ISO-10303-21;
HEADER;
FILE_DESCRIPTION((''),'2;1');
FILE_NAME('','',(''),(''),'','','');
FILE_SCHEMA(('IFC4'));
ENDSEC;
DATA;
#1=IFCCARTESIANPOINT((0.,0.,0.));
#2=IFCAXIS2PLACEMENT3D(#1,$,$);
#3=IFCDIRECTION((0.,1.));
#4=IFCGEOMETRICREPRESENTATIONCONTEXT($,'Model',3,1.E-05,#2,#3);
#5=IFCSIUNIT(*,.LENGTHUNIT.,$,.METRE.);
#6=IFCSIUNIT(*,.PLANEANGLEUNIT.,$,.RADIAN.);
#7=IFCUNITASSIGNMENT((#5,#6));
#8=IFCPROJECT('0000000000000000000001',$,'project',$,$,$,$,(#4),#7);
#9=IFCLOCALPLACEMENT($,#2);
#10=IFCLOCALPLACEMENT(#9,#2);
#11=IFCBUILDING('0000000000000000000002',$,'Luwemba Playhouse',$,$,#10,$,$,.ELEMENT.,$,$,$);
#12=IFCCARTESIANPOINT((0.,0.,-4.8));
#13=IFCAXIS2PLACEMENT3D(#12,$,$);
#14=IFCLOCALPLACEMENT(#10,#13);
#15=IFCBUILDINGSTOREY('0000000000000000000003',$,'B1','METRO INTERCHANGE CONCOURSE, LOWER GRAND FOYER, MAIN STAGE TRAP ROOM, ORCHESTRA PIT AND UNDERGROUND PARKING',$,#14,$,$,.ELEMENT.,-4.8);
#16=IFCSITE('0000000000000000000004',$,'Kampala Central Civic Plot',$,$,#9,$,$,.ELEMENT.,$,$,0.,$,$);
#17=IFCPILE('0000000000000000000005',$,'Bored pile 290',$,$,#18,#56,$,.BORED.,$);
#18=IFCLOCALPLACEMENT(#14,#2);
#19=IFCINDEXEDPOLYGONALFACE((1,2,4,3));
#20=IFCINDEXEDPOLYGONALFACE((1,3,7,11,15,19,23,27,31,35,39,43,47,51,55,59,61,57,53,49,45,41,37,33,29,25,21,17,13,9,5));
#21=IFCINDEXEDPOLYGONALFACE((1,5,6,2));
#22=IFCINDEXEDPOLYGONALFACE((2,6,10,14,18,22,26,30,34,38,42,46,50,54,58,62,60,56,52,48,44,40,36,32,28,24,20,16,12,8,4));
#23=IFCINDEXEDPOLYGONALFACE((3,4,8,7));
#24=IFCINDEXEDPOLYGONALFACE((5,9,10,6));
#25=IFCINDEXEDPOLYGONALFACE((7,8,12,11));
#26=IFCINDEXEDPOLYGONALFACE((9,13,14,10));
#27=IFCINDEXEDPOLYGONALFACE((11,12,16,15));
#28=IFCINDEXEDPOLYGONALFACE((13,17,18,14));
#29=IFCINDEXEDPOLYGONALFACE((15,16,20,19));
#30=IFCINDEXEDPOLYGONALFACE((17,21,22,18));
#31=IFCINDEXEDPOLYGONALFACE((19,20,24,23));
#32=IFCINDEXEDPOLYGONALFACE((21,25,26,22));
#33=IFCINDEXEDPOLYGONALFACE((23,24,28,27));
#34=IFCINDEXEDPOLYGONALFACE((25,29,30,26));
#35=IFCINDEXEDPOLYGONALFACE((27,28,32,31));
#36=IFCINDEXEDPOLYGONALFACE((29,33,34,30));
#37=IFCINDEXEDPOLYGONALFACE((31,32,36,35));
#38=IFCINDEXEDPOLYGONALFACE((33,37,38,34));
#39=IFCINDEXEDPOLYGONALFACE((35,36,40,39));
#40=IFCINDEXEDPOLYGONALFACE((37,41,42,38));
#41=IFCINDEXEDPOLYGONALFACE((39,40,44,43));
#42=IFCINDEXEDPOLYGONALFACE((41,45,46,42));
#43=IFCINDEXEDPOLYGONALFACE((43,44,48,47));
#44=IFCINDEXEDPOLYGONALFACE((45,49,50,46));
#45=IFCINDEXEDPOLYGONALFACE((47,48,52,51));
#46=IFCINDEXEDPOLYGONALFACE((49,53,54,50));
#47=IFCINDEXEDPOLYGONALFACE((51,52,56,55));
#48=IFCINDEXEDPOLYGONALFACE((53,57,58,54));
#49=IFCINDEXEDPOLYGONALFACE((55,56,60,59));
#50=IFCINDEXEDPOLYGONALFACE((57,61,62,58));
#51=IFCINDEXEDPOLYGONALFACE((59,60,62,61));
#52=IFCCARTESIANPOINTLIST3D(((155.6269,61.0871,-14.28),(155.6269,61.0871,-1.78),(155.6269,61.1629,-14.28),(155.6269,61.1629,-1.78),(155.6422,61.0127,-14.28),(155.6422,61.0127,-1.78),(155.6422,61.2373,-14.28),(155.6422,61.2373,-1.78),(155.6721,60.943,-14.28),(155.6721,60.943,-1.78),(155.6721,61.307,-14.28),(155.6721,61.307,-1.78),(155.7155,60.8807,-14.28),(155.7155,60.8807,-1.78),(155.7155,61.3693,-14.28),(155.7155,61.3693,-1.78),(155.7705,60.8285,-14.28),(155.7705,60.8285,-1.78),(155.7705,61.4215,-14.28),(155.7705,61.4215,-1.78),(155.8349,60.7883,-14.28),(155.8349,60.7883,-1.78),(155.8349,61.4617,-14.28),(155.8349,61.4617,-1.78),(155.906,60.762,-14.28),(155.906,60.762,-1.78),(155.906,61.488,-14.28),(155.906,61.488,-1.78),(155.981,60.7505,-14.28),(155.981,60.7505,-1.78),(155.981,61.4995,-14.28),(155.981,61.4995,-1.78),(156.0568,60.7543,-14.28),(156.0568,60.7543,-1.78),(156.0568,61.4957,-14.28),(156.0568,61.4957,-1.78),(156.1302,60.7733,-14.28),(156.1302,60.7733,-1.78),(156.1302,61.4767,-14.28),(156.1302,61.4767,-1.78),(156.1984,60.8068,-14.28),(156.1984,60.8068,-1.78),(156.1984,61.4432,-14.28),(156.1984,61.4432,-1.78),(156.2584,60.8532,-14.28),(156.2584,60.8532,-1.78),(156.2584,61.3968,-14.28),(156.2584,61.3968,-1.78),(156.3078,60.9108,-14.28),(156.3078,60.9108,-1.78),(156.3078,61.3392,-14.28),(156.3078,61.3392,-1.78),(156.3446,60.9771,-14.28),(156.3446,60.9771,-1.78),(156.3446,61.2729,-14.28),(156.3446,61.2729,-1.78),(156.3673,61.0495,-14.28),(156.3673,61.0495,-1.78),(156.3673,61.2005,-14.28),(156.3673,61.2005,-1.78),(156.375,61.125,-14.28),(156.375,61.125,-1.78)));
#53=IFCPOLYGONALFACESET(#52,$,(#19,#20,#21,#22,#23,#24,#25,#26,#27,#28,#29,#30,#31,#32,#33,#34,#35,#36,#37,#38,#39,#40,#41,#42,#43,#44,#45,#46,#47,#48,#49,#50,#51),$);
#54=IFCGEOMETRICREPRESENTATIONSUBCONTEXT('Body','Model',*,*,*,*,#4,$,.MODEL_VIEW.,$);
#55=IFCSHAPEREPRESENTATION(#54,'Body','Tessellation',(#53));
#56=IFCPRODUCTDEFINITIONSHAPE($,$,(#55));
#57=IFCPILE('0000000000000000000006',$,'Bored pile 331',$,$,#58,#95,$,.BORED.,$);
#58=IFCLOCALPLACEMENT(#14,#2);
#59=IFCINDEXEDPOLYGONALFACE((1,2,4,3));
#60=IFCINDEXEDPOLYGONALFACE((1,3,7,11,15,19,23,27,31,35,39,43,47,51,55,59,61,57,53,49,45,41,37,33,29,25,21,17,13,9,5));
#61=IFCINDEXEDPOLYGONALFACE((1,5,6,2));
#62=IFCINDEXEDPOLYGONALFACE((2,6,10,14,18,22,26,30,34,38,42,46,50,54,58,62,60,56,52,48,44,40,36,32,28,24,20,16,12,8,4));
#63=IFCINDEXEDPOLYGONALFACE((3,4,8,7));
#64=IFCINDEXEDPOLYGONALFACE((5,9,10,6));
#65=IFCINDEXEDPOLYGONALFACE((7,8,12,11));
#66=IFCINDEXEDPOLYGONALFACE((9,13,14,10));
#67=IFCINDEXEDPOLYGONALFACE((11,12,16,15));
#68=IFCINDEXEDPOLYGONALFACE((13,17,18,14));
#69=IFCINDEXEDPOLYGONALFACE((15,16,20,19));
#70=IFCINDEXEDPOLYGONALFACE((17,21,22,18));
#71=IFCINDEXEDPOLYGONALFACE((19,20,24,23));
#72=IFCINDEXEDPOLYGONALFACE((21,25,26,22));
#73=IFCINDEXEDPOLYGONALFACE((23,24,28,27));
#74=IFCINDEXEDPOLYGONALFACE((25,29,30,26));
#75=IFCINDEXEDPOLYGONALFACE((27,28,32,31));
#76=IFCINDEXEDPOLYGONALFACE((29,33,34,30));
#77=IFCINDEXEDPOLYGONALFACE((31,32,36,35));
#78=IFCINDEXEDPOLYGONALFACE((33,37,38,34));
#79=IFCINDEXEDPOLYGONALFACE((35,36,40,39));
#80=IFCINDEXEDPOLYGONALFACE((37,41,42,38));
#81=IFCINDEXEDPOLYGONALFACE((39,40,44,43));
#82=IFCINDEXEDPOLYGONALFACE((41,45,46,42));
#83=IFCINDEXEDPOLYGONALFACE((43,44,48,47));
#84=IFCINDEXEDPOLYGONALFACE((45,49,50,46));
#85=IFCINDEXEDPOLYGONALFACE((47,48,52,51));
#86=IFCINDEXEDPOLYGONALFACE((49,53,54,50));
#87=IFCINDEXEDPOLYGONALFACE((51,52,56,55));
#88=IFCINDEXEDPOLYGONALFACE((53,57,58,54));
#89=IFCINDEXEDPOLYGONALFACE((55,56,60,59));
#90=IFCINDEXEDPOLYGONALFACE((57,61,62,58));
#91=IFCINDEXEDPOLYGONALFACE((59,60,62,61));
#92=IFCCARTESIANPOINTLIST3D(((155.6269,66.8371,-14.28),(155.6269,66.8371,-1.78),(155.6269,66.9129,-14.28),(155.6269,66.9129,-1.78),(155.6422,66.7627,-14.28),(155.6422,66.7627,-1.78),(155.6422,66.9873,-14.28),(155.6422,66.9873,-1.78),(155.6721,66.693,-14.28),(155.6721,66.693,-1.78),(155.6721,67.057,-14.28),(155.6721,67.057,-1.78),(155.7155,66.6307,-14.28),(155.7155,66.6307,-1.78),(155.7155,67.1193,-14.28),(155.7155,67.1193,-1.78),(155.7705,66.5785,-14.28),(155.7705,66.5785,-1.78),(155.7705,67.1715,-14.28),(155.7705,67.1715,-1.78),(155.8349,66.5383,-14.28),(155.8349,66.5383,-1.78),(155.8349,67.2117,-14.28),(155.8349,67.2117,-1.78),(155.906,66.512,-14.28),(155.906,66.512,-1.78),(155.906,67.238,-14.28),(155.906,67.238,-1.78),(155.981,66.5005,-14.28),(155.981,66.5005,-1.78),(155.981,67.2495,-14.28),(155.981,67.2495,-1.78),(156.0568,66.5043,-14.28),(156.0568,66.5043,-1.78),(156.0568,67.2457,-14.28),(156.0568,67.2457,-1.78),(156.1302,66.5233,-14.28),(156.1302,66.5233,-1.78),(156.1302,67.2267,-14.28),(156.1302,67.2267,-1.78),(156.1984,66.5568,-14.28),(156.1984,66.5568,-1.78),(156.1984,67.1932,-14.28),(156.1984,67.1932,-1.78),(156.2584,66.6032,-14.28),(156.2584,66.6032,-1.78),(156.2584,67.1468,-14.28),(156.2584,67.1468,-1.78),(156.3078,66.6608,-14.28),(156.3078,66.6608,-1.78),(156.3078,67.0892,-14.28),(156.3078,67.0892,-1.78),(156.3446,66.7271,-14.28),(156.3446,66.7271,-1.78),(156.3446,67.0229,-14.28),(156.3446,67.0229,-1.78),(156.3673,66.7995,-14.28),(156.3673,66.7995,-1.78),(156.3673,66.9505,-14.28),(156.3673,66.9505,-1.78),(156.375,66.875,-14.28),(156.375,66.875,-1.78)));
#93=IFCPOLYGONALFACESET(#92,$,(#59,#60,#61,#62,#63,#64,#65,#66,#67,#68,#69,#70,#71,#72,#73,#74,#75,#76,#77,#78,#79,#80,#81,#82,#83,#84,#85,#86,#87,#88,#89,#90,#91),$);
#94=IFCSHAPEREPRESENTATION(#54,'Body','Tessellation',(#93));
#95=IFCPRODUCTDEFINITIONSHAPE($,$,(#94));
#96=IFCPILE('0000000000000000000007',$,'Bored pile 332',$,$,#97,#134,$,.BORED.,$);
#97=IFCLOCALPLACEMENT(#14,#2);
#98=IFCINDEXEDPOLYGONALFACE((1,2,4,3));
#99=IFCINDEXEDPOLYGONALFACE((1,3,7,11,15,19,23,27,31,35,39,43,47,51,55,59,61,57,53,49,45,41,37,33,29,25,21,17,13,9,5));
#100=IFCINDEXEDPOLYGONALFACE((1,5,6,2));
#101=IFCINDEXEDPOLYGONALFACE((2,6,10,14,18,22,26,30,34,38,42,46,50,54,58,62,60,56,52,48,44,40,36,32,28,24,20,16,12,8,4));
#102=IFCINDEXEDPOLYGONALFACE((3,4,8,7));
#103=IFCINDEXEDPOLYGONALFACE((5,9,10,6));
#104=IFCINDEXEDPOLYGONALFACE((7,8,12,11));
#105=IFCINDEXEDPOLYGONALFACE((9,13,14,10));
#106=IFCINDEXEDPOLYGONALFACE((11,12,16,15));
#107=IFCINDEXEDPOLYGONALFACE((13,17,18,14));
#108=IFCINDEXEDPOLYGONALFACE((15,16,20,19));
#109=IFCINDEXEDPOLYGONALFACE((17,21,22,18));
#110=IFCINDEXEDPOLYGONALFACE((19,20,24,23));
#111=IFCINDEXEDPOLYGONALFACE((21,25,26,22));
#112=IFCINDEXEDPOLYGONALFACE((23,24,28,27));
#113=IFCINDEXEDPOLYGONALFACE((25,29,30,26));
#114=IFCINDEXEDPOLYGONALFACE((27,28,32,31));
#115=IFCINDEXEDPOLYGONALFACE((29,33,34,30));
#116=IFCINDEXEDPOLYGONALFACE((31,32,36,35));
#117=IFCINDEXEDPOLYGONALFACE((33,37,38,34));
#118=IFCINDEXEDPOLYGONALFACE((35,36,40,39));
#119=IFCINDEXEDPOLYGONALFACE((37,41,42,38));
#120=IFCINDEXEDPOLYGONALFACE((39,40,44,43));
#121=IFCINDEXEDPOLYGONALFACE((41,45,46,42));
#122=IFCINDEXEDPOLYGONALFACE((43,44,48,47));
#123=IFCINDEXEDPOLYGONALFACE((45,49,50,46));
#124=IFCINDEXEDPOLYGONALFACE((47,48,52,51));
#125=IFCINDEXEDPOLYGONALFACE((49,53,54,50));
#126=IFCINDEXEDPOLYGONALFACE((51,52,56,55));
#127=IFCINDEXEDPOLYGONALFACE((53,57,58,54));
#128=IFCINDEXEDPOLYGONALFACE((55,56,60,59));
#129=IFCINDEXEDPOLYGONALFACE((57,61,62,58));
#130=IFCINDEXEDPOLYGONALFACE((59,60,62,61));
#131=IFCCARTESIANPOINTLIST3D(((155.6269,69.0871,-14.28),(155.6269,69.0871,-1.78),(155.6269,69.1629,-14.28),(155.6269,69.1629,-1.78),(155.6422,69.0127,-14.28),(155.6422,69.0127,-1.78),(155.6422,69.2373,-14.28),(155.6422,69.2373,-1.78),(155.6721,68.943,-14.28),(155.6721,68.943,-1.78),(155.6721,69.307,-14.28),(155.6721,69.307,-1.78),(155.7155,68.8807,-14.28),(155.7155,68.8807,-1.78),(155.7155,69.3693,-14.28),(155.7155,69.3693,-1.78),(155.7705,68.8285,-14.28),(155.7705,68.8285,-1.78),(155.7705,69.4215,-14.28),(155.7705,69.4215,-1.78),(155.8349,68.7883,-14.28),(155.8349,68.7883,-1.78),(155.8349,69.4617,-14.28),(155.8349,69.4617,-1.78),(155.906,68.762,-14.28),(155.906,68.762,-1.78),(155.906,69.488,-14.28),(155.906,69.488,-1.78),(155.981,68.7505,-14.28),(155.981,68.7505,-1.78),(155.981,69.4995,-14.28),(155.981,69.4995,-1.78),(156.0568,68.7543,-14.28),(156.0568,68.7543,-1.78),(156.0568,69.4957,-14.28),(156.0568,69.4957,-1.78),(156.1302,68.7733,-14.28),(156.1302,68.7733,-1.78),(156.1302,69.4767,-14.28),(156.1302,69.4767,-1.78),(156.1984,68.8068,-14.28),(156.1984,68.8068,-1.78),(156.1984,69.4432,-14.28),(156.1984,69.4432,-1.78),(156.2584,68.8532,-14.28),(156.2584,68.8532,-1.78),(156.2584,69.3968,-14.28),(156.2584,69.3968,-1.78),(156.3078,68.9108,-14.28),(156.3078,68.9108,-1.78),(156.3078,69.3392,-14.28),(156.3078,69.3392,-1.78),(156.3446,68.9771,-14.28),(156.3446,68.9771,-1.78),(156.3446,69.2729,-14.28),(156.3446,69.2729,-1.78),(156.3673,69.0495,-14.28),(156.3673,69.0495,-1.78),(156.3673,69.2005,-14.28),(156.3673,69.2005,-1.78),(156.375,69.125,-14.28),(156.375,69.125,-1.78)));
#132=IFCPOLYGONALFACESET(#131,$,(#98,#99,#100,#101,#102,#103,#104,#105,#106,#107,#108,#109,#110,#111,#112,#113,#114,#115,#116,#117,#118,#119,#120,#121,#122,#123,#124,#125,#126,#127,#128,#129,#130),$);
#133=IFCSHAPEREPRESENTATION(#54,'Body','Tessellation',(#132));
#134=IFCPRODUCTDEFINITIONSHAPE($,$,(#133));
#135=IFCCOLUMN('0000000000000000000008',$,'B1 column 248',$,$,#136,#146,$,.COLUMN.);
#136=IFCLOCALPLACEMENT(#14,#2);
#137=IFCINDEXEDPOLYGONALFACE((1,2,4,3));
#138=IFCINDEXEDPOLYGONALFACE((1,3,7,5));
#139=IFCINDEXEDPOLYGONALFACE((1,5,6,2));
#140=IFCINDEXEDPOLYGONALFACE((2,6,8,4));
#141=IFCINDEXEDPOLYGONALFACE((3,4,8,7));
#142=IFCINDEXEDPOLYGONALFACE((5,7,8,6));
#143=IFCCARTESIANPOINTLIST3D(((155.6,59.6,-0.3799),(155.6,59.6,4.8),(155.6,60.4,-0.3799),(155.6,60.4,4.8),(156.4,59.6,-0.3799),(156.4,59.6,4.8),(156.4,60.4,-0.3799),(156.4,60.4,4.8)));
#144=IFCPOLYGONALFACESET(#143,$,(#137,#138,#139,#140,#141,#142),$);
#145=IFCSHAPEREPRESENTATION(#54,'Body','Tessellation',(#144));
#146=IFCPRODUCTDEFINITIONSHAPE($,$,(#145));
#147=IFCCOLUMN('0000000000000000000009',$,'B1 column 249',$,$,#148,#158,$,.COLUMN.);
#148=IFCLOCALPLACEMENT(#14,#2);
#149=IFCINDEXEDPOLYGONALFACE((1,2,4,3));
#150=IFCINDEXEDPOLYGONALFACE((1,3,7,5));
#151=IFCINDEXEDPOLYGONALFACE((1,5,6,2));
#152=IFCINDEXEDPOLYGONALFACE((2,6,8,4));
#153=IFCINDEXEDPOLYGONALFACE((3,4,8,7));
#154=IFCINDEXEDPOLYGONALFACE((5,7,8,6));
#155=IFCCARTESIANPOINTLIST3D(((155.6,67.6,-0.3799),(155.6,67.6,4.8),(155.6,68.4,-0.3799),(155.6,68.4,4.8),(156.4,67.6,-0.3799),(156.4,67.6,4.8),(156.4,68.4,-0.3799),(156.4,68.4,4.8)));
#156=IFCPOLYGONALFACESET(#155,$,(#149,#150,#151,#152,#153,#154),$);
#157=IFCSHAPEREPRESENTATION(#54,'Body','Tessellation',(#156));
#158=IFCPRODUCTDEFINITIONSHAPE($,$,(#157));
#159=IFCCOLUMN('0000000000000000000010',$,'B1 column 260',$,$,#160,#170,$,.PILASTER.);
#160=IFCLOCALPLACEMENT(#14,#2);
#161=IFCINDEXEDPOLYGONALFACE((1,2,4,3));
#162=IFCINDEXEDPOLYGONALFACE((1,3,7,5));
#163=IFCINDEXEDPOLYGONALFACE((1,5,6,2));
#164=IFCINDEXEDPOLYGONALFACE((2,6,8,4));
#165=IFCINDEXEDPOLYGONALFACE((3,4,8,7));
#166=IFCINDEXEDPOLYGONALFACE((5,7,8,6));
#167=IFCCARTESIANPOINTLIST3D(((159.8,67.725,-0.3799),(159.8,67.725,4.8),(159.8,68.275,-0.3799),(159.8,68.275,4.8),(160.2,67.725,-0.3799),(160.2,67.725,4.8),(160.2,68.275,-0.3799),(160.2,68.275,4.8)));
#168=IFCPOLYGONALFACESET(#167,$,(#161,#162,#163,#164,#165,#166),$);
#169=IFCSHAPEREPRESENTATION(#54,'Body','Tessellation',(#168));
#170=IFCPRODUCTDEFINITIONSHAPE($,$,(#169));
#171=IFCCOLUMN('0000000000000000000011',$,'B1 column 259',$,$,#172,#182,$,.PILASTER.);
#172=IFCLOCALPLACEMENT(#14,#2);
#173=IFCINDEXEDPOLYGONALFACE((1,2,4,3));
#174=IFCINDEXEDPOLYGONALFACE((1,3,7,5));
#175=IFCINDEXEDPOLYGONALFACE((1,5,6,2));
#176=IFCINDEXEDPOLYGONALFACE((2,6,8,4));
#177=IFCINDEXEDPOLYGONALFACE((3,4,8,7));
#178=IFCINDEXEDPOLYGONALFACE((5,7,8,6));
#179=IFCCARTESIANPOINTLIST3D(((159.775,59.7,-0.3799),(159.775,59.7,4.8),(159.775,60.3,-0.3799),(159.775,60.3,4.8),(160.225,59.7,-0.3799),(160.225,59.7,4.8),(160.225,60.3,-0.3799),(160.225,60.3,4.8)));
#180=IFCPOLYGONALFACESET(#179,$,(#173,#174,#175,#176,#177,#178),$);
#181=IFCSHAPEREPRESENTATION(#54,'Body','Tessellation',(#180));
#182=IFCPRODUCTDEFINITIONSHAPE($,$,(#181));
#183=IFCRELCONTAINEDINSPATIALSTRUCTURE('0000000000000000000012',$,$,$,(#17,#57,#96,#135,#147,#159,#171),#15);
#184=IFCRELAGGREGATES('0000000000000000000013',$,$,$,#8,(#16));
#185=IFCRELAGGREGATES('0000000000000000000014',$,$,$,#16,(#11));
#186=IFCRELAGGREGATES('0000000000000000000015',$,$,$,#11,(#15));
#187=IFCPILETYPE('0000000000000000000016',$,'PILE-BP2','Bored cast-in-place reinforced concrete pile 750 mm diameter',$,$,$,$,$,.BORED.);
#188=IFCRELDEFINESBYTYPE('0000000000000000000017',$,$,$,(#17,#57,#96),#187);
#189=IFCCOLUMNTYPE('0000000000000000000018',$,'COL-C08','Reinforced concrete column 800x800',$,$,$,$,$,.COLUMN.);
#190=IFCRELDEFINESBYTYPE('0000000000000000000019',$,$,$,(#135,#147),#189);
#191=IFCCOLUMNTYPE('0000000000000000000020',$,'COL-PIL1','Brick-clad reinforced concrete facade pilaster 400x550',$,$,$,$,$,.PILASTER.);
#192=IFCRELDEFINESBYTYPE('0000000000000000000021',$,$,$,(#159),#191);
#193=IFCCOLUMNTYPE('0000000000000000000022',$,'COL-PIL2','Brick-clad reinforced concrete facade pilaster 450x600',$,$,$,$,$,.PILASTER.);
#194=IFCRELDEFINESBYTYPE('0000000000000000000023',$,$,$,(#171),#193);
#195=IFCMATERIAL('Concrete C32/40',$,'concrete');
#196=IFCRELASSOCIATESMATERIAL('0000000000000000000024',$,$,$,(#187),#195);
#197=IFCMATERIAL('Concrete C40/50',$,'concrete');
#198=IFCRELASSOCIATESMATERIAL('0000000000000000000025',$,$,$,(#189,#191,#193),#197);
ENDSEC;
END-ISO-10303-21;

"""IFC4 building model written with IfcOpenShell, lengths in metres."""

from ifc_helpers import new_model, si_unit, direction, frame, origin, origin_2d, place, context, subcontext, project, spatial, rectangle, circle, extrude, material, material_profile, profile_set, type_object, element, save


model = new_model("IFC4")

# Units and contexts
model_context = context("Model", 3, precision=1e-05, world=origin(), true_north=direction((0.0, 1.0)))
body_context = subcontext(model_context, "Body", "Model", "MODEL_VIEW")
ifc_project = project(units=[si_unit("LENGTHUNIT", "METRE"), si_unit("PLANEANGLEUNIT", "RADIAN")], contexts=[model_context])

# Site, building, storey
site_placement = place(None, origin())
site = spatial("IfcSite", under=ifc_project, at=site_placement, Name="Kampala Central Civic Plot", CompositionType="ELEMENT", RefElevation=0.0)
building_placement = place(site_placement, origin())
building = spatial("IfcBuilding", under=site, at=building_placement, Name="Luwemba Playhouse", CompositionType="ELEMENT")
storey_placement = place(building_placement, frame((0.0, 0.0, -4.8)))
storey = spatial("IfcBuildingStorey", under=building, at=storey_placement, Name="B1", Description="METRO INTERCHANGE CONCOURSE, LOWER GRAND FOYER, MAIN STAGE TRAP ROOM, ORCHESTRA PIT AND UNDERGROUND PARKING", CompositionType="ELEMENT", Elevation=-4.8)

# Shared definitions
ifc_material_1 = material(Name="Concrete C32/40", Category="concrete")

# Piles
ifc_material_profile_1 = material_profile(ifc_material_1, circle(Radius=0.375, at=origin_2d()))
ifc_profile_set_1 = profile_set([ifc_material_profile_1], Name="Concrete C32/40")
pile_type_1 = type_object("IfcPileType", Name="PILE-BP2", Description="Bored cast-in-place reinforced concrete pile 750 mm diameter", PredefinedType="BORED", material=ifc_profile_set_1)
for number, where, z_axis, x_axis, name in (
    (1, (156.0, 61.125, -1.78), (0.0, 0.0, -1.0), (1.0, 0.0, 0.0), "Bored pile 290"),
    (2, (156.0, 66.875, -1.78), (0.0, 0.0, -1.0), (1.0, 0.0, 0.0), "Bored pile 331"),
    (3, (156.0, 69.125, -1.78), (0.0, 0.0, -1.0), (1.0, 0.0, 0.0), "Bored pile 332"),
):
    element("IfcPile", number, at=place(storey_placement, frame(where, z_axis=z_axis, x_axis=x_axis)), inside=storey, type_object=pile_type_1, Name=name, PredefinedType="BORED", context=body_context, shape_type="SweptSolid", body=[
        extrude(circle(Radius=0.375, at=origin_2d()), origin(), (0.0, 0.0, 1.0), 12.5),
    ])

# Columns
ifc_material_2 = material(Name="Concrete C40/50", Category="concrete")
ifc_material_profile_2 = material_profile(ifc_material_2, rectangle(XDim=0.8, YDim=0.8, at=origin_2d()))
ifc_profile_set_2 = profile_set([ifc_material_profile_2], Name="Concrete C40/50")
column_type_1 = type_object("IfcColumnType", Name="COL-C08", Description="Reinforced concrete column 800x800", PredefinedType="COLUMN", material=ifc_profile_set_2)
for number, where, z_axis, x_axis, name in (
    (4, (156.0, 60.0, -0.3799), (0.0, 0.0, 1.0), (1.0, 0.0, 0.0), "B1 column 248"),
    (5, (156.0, 68.0, -0.3799), (0.0, 0.0, 1.0), (1.0, 0.0, 0.0), "B1 column 249"),
):
    element("IfcColumn", number, at=place(storey_placement, frame(where, z_axis=z_axis, x_axis=x_axis)), inside=storey, type_object=column_type_1, Name=name, PredefinedType="COLUMN", context=body_context, shape_type="SweptSolid", body=[
        extrude(rectangle(XDim=0.8, YDim=0.8, at=origin_2d()), origin(), (0.0, 0.0, 1.0), 5.1799),
    ])
ifc_material_profile_3 = material_profile(ifc_material_2, rectangle(XDim=0.3999, YDim=0.55, at=origin_2d()))
ifc_profile_set_3 = profile_set([ifc_material_profile_3], Name="Concrete C40/50")
column_type_2 = type_object("IfcColumnType", Name="COL-PIL1", Description="Brick-clad reinforced concrete facade pilaster 400x550", PredefinedType="PILASTER", material=ifc_profile_set_3)
column_1_placement = place(storey_placement, frame((160.0, 68.0, -0.3799), z_axis=(0.0, 0.0, 1.0), x_axis=(1.0, 0.0, 0.0)))
element("IfcColumn", 6, at=column_1_placement, inside=storey, type_object=column_type_2, Name="B1 column 260", PredefinedType="PILASTER", context=body_context, shape_type="SweptSolid", body=[
    extrude(rectangle(XDim=0.3999, YDim=0.55, at=origin_2d()), origin(), (0.0, 0.0, 1.0), 5.1799),
])
ifc_material_profile_4 = material_profile(ifc_material_2, rectangle(XDim=0.45, YDim=0.6001, at=origin_2d()))
ifc_profile_set_4 = profile_set([ifc_material_profile_4], Name="Concrete C40/50")
column_type_3 = type_object("IfcColumnType", Name="COL-PIL2", Description="Brick-clad reinforced concrete facade pilaster 450x600", PredefinedType="PILASTER", material=ifc_profile_set_4)
column_2_placement = place(storey_placement, frame((160.0, 60.0, -0.3799), z_axis=(0.0, 0.0, 1.0), x_axis=(1.0, 0.0, 0.0)))
element("IfcColumn", 7, at=column_2_placement, inside=storey, type_object=column_type_3, Name="B1 column 259", PredefinedType="PILASTER", context=body_context, shape_type="SweptSolid", body=[
    extrude(rectangle(XDim=0.45, YDim=0.6001, at=origin_2d()), origin(), (0.0, 0.0, 1.0), 5.1799),
])

save(model, "model.ifc")
